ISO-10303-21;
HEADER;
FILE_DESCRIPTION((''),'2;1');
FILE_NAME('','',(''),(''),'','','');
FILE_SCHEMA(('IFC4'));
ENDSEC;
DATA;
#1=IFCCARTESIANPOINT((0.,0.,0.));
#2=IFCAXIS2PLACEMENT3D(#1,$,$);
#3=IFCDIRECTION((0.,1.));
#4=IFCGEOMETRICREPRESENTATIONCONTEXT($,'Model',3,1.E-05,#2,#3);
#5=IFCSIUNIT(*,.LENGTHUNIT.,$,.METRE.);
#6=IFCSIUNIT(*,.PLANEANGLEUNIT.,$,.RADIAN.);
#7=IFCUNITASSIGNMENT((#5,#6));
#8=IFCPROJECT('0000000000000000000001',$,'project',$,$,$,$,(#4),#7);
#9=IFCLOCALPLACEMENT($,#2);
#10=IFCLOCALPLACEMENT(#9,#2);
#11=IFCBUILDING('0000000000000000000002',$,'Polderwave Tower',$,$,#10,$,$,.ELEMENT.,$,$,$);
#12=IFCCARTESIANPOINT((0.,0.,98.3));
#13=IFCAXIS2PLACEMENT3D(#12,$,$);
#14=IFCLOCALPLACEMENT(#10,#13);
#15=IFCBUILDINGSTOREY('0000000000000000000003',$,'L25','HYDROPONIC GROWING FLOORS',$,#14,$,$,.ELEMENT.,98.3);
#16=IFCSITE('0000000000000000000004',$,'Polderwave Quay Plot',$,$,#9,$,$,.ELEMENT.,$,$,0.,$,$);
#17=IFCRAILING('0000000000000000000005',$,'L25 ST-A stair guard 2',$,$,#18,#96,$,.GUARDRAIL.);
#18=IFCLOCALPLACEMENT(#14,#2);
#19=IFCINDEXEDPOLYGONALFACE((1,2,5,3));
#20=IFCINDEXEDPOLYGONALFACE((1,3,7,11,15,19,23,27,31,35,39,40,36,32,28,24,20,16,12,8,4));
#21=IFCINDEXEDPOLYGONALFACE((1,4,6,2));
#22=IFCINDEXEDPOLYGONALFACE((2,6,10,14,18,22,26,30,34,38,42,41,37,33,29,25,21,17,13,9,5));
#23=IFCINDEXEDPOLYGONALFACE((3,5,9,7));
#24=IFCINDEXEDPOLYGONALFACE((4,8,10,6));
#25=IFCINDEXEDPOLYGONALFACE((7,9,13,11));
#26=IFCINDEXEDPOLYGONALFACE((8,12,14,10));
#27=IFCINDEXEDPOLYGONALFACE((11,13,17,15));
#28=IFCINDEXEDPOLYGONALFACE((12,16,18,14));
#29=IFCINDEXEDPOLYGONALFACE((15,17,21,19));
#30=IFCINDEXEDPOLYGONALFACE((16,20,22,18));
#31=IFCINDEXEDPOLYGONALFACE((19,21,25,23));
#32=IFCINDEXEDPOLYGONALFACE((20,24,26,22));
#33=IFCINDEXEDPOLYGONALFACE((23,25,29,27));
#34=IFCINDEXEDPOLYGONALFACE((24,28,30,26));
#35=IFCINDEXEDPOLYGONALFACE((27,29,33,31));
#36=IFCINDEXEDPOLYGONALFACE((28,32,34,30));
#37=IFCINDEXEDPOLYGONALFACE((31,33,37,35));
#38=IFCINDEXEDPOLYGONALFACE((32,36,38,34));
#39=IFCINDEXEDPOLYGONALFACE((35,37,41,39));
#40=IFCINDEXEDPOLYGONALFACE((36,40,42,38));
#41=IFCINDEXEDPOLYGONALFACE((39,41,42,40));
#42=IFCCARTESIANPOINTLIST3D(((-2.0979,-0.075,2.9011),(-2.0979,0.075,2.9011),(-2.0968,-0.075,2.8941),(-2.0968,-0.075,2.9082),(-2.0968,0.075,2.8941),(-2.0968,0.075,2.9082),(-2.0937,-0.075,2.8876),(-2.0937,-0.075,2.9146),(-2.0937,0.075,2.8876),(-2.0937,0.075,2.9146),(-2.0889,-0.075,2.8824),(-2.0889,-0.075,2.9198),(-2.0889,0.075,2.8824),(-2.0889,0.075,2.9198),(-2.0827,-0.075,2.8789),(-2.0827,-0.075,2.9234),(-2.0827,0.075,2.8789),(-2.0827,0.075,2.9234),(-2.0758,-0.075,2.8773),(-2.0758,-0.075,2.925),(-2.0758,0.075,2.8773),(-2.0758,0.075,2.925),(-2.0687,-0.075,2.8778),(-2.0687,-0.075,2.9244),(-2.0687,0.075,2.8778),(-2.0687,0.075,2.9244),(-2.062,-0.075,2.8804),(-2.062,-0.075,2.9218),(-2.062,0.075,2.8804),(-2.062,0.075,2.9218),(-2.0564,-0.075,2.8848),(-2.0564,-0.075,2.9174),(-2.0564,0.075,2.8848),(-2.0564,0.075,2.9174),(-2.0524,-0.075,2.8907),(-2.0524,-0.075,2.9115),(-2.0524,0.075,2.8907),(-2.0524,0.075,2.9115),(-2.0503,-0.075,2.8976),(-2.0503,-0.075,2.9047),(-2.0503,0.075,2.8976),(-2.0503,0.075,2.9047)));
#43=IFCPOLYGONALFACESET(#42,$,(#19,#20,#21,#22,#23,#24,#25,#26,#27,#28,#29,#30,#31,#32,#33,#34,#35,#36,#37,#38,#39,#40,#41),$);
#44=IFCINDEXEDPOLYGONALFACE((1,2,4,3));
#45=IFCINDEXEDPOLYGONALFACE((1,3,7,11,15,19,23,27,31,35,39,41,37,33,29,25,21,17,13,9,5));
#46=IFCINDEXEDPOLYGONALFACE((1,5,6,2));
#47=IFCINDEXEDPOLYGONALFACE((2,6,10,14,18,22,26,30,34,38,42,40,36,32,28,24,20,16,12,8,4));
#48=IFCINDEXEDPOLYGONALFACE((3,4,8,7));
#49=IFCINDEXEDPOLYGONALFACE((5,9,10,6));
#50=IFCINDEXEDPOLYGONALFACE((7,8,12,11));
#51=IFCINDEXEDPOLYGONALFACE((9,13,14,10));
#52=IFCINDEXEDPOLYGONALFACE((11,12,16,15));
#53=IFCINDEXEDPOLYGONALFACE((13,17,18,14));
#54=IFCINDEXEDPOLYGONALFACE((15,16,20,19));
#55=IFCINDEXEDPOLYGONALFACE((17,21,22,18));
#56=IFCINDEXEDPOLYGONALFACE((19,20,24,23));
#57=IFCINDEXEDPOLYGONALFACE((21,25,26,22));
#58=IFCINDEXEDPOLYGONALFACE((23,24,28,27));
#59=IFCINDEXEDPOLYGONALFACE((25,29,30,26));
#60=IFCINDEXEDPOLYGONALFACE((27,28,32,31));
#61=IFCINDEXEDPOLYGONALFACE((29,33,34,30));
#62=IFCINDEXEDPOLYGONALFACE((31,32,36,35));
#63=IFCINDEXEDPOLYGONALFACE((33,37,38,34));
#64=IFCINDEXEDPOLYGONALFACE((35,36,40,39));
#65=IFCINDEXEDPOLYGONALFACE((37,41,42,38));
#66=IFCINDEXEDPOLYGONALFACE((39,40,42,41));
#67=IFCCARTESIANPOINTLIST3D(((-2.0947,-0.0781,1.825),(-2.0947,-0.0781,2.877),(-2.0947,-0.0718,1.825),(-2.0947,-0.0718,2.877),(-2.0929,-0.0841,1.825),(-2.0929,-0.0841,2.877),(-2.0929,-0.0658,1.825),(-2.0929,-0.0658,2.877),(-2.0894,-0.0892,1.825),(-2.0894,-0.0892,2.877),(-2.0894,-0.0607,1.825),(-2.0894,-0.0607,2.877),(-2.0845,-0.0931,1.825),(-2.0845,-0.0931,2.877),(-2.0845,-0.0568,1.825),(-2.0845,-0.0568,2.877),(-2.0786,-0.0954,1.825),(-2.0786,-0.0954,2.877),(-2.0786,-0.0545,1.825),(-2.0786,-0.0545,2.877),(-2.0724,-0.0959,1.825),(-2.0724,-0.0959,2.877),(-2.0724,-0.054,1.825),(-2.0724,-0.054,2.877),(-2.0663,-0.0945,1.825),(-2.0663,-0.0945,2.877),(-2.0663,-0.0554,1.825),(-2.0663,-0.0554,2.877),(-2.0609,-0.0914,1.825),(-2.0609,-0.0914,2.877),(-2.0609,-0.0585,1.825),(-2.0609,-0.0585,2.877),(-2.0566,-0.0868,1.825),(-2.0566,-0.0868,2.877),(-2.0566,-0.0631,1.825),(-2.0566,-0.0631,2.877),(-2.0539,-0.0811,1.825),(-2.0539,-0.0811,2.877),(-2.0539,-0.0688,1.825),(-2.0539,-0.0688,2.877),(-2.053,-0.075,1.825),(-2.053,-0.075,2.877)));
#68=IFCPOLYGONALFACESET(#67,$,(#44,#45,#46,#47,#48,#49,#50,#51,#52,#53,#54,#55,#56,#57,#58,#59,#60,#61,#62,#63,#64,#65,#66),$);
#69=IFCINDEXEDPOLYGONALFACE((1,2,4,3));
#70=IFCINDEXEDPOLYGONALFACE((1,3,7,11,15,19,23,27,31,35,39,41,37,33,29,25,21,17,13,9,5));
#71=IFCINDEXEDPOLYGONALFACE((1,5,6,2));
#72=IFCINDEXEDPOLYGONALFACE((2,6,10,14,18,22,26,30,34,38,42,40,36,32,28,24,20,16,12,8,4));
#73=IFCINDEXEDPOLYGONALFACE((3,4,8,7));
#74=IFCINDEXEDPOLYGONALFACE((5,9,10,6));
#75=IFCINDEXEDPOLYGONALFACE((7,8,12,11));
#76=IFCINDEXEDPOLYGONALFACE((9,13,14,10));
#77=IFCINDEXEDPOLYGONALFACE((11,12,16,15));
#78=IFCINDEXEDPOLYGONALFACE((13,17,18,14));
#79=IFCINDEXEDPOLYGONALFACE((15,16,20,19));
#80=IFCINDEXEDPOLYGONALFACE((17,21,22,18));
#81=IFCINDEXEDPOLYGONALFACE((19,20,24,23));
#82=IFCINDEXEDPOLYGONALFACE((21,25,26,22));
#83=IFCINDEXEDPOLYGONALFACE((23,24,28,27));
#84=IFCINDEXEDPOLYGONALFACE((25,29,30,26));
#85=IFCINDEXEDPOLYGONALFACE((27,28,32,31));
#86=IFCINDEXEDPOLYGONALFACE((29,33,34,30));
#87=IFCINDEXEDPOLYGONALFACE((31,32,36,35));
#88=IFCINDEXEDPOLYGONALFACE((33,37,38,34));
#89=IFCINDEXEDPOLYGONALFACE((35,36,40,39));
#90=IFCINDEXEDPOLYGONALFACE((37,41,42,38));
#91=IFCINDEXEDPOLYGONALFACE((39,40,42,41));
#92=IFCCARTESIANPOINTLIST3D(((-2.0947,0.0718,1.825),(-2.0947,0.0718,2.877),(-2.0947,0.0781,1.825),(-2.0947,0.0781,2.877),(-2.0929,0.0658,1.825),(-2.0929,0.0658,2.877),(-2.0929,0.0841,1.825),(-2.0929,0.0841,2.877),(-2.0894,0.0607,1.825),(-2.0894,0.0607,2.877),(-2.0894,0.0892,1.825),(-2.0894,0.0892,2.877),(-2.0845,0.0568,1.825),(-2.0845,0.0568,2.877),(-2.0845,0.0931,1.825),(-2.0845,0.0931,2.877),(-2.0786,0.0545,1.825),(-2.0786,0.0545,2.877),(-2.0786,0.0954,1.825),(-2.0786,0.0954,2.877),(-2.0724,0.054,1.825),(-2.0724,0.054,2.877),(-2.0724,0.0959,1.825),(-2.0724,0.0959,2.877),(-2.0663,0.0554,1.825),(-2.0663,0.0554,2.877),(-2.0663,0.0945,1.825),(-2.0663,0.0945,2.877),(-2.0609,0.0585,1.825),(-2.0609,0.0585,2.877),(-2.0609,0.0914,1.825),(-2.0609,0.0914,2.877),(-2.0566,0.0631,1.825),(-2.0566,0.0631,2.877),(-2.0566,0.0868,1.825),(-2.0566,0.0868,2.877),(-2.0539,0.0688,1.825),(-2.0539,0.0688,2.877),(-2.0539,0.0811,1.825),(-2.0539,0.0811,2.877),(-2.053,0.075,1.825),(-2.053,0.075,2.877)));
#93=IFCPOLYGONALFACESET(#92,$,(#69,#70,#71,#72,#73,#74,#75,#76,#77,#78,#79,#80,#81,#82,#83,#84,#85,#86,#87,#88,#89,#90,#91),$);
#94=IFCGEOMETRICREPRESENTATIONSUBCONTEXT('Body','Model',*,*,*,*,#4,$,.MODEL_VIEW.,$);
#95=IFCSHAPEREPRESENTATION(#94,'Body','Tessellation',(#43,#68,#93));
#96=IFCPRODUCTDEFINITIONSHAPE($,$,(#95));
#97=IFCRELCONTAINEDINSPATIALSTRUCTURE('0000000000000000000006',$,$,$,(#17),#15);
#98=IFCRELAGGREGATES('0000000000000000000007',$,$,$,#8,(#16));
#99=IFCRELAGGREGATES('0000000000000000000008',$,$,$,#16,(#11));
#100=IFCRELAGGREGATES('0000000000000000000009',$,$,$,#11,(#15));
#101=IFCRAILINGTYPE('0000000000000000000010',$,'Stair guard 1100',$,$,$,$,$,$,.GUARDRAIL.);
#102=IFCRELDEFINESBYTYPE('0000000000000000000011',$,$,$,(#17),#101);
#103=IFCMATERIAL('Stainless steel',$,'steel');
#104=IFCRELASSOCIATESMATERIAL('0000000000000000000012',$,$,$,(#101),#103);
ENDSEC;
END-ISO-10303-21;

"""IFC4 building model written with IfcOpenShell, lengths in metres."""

from ifc_helpers import new_model, si_unit, direction, frame, origin, origin_2d, place, context, subcontext, project, spatial, circle, extrude, material, type_object, element, save


model = new_model("IFC4")

# Units and contexts
model_context = context("Model", 3, precision=1e-05, world=origin(), true_north=direction((0.0, 1.0)))
body_context = subcontext(model_context, "Body", "Model", "MODEL_VIEW")
ifc_project = project(units=[si_unit("LENGTHUNIT", "METRE"), si_unit("PLANEANGLEUNIT", "RADIAN")], contexts=[model_context])

# Site, building, storey
site_placement = place(None, origin())
site = spatial("IfcSite", under=ifc_project, at=site_placement, Name="Polderwave Quay Plot", CompositionType="ELEMENT", RefElevation=0.0)
building_placement = place(site_placement, origin())
building = spatial("IfcBuilding", under=site, at=building_placement, Name="Polderwave Tower", CompositionType="ELEMENT")
storey_placement = place(building_placement, frame((0.0, 0.0, 98.3)))
storey = spatial("IfcBuildingStorey", under=building, at=storey_placement, Name="L25", Description="HYDROPONIC GROWING FLOORS", CompositionType="ELEMENT", Elevation=98.3)

# Railing
ifc_material_1 = material(Name="Stainless steel", Category="steel")
railing_type_1 = type_object("IfcRailingType", Name="Stair guard 1100", PredefinedType="GUARDRAIL", material=ifc_material_1)
railing_1_placement = place(storey_placement, frame((-2.074, -0.075, 1.825)))
element("IfcRailing", 1, at=railing_1_placement, inside=storey, type_object=railing_type_1, Name="L25 ST-A stair guard 2", PredefinedType="GUARDRAIL", context=body_context, shape_type="SweptSolid", body=[
    extrude(circle(Radius=0.0239, at=origin_2d()), frame((0.0, 0.0, 1.0762), z_axis=(0.0, 1.0, 0.0), x_axis=(-1.0, 0.0, 0.0)), (0.0, 0.0, 1.0), 0.1499),
    extrude(circle(Radius=0.021, at=origin_2d()), origin(), (0.0, 0.0, 1.0), 1.052),
    extrude(circle(Radius=0.021, at=origin_2d()), frame((0.0, 0.1499, 0.0)), (0.0, 0.0, 1.0), 1.052),
])

save(model, "model.ifc")
